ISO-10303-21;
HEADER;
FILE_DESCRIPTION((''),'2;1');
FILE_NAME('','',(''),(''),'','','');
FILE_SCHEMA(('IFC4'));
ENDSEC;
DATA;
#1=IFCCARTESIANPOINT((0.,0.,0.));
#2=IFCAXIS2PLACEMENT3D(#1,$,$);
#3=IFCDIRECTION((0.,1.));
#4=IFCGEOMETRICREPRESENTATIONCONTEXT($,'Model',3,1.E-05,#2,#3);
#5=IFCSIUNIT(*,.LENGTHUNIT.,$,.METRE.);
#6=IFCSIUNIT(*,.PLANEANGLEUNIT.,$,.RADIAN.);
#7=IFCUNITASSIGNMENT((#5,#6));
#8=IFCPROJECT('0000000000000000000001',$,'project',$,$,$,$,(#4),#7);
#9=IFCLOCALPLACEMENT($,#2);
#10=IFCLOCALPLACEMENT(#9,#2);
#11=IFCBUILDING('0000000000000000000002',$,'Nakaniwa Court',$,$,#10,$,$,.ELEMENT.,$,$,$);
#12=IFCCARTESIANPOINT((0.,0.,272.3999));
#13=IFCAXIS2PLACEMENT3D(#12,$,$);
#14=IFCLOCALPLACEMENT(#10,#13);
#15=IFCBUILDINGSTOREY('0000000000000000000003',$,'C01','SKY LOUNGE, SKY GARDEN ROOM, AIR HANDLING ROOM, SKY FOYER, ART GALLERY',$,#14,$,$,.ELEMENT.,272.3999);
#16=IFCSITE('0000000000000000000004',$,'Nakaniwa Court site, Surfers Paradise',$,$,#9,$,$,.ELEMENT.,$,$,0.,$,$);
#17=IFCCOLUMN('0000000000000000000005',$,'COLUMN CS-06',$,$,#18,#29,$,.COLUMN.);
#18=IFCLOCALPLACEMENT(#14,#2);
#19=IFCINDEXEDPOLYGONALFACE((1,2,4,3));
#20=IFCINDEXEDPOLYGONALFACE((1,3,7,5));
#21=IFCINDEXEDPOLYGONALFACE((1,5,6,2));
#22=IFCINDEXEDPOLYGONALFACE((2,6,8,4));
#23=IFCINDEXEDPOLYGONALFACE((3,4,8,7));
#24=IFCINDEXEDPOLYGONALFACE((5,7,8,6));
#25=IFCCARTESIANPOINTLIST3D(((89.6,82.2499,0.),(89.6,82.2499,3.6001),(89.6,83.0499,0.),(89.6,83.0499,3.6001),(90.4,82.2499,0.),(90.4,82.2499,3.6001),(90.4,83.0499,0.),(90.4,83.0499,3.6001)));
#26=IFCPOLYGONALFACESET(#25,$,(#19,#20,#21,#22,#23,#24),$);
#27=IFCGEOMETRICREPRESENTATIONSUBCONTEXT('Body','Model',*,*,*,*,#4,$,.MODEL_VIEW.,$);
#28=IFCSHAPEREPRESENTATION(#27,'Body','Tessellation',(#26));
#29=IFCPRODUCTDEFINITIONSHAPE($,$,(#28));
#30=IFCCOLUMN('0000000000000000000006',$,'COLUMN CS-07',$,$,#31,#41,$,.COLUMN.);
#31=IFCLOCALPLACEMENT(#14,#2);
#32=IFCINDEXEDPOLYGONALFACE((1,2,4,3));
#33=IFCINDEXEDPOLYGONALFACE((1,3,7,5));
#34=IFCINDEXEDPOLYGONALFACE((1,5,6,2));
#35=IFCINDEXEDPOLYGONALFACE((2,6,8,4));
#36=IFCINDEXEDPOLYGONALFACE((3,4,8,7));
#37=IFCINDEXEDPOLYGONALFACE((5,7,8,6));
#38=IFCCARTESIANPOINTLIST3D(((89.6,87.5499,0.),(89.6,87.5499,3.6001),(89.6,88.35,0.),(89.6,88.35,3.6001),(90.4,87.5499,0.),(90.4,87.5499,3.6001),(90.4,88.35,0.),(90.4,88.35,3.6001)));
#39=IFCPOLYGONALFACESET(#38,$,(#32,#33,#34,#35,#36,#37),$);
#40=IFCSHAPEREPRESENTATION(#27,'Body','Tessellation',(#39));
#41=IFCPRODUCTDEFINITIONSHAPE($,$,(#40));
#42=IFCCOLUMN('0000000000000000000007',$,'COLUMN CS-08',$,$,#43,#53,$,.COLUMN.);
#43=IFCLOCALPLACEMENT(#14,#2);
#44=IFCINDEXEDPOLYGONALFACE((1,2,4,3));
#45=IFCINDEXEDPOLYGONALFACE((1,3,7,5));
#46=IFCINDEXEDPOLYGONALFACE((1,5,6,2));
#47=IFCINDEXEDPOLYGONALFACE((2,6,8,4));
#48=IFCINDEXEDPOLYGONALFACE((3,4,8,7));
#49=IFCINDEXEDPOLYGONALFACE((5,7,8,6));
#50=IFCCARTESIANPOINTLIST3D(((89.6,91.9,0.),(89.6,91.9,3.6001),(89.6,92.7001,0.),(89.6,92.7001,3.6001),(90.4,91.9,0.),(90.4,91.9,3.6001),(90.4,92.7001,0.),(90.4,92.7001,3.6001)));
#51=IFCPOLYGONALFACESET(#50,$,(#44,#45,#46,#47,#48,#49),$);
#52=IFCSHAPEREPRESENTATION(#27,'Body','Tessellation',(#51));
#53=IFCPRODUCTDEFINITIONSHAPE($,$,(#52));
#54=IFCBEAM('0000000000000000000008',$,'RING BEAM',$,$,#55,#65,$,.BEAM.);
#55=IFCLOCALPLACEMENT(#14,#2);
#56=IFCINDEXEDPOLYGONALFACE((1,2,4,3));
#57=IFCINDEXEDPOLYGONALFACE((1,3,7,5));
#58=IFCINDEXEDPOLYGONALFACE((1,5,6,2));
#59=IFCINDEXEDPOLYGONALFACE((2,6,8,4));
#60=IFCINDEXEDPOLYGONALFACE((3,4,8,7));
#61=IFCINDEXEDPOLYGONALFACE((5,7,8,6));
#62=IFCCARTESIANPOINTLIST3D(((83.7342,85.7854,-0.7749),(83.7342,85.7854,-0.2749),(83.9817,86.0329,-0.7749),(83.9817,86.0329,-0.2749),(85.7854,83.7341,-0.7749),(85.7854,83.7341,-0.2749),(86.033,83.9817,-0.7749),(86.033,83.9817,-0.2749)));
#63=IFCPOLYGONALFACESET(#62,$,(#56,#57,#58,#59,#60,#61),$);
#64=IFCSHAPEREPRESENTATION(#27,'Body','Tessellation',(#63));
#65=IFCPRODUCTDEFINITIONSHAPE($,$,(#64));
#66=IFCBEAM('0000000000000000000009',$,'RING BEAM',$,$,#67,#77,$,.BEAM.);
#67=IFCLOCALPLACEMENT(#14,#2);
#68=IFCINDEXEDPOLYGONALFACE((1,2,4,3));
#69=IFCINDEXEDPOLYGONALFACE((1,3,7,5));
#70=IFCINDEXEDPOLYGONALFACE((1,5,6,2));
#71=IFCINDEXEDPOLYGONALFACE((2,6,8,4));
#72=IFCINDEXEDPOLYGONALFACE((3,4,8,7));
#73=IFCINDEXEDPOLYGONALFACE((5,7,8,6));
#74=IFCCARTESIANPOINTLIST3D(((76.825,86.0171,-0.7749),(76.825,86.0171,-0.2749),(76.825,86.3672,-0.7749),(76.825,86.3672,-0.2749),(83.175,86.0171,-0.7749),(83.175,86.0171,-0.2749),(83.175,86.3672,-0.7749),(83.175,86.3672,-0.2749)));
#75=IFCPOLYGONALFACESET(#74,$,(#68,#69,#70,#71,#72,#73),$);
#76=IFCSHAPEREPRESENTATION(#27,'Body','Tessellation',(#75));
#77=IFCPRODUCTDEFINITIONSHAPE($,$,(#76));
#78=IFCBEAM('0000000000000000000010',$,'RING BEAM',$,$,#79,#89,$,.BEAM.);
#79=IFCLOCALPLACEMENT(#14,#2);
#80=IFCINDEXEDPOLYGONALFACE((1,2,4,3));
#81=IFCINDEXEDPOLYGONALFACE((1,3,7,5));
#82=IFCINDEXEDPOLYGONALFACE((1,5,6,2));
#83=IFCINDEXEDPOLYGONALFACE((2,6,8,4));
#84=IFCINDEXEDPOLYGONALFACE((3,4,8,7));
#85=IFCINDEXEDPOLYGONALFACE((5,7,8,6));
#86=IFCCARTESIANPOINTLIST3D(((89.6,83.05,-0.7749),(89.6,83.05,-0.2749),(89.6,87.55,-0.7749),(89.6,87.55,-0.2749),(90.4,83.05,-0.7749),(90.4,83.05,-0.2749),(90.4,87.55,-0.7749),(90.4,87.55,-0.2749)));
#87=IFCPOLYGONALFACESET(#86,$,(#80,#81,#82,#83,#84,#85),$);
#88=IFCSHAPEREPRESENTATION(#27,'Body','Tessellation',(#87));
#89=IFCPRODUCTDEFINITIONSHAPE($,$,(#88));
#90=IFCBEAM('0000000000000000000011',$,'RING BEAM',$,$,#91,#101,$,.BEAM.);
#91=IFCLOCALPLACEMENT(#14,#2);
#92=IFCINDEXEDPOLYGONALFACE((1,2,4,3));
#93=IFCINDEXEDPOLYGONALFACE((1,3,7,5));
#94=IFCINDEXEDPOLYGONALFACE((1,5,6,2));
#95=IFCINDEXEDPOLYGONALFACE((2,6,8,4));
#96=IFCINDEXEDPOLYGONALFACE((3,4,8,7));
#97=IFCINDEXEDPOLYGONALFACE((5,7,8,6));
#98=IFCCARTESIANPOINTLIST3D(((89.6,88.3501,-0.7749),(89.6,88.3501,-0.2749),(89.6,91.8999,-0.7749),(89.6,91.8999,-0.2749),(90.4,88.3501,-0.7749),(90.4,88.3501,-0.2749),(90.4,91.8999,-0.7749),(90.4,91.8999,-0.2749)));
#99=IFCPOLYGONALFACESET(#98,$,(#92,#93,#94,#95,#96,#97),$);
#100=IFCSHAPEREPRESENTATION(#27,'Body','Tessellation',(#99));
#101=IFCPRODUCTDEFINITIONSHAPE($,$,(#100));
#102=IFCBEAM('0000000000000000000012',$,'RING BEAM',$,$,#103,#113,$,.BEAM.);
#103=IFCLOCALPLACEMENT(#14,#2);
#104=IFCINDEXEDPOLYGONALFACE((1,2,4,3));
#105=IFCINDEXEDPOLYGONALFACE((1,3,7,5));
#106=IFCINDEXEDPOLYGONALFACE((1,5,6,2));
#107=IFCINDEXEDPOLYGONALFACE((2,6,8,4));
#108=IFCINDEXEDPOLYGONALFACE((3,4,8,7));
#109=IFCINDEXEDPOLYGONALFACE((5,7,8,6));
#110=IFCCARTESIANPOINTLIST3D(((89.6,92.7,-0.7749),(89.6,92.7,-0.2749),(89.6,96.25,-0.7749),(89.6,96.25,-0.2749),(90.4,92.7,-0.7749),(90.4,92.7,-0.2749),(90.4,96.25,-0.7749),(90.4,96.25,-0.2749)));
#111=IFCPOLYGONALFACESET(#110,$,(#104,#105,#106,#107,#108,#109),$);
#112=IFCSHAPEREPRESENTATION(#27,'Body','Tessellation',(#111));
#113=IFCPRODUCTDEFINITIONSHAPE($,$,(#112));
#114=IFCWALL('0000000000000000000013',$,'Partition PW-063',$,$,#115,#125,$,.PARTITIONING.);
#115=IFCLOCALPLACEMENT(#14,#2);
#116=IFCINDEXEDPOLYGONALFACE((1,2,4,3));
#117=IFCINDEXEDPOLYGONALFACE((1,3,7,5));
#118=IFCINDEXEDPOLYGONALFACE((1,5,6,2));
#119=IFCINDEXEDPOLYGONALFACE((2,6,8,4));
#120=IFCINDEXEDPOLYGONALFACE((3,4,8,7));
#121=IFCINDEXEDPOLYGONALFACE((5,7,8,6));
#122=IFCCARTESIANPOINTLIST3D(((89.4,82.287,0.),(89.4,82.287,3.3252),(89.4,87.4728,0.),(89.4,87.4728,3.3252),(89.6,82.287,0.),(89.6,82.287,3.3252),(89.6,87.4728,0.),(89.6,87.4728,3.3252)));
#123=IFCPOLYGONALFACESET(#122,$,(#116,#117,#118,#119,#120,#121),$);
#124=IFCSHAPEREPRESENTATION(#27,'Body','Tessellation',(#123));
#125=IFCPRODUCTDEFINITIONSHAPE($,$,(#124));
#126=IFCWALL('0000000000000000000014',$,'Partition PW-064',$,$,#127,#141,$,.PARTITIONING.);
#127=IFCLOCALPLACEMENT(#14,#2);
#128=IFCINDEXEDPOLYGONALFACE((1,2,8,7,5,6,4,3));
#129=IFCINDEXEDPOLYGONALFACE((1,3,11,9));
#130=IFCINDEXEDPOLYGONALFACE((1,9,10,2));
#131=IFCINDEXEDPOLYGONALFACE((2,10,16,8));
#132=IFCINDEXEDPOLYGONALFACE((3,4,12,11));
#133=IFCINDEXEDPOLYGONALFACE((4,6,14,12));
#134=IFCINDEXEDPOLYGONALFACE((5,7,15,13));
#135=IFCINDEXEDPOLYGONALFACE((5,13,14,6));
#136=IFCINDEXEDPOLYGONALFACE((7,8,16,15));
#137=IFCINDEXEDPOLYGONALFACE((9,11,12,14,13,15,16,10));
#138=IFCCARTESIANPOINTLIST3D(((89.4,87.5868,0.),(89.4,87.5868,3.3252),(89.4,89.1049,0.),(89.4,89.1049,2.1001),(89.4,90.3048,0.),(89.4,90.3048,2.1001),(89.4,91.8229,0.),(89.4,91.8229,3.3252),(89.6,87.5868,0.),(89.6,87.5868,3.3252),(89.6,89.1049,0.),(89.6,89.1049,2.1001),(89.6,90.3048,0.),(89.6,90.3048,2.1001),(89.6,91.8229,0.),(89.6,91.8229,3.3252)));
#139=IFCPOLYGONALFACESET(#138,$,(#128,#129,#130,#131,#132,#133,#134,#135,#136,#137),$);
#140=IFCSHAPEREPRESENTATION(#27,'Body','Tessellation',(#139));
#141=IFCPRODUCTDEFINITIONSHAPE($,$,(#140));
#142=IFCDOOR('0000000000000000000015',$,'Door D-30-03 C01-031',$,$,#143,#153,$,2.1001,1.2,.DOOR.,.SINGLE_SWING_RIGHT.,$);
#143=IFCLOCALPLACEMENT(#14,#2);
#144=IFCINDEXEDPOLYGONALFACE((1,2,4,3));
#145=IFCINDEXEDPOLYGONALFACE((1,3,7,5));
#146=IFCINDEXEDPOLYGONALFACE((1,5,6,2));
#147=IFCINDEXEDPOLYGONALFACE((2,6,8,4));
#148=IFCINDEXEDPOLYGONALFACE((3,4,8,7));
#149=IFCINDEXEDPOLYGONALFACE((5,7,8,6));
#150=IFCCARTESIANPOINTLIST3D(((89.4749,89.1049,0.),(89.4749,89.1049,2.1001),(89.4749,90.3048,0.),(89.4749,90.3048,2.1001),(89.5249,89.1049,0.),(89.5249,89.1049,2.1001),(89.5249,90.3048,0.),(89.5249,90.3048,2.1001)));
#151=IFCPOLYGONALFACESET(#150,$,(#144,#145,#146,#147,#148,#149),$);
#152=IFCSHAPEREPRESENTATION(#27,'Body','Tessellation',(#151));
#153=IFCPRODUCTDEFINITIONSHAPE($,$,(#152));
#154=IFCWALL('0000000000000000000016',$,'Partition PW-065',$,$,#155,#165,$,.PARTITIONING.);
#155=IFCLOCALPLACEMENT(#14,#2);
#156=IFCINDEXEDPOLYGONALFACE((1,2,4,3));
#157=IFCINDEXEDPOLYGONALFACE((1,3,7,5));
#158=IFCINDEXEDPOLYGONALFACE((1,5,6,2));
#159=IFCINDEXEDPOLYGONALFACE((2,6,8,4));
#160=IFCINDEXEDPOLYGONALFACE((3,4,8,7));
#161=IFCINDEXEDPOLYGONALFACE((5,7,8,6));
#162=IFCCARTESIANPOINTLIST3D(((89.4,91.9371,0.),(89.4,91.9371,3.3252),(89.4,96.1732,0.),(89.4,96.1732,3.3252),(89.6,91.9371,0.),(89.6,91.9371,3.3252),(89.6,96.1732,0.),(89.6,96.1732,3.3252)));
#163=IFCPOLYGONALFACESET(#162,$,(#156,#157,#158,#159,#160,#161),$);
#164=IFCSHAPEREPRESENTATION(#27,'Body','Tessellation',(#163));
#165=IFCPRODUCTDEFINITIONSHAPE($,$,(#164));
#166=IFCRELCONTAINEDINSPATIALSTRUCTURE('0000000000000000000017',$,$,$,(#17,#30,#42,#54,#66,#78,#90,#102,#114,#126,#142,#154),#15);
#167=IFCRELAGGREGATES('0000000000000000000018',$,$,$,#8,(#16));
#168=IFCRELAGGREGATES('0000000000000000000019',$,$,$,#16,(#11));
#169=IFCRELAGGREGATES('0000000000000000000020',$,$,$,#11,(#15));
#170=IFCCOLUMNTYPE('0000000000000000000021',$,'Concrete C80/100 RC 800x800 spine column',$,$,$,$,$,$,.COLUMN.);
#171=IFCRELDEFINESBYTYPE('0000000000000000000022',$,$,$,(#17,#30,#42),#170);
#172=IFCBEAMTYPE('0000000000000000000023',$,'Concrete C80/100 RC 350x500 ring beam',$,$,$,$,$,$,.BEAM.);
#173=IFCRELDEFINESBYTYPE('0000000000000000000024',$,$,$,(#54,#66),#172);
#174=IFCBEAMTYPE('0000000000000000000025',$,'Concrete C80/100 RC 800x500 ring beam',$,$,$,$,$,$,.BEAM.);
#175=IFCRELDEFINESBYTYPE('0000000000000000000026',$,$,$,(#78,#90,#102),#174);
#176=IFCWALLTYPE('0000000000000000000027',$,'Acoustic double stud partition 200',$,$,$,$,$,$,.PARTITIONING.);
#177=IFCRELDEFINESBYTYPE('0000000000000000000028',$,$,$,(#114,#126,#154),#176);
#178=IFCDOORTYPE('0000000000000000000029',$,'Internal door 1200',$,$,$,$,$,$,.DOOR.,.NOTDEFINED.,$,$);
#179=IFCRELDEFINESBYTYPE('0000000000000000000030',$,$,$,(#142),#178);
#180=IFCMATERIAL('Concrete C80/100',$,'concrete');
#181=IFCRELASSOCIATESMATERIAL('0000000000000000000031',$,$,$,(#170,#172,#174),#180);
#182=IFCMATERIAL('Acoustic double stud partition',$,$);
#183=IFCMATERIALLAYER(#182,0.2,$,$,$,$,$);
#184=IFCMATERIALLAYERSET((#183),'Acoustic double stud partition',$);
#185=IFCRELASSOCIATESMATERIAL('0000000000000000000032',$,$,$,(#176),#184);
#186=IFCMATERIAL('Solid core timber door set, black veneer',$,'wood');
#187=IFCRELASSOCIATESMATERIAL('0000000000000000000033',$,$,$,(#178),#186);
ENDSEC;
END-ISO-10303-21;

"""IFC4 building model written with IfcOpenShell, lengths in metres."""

from ifc_helpers import new_model, si_unit, direction, frame, frame_2d, origin, origin_2d, place, context, subcontext, project, spatial, rectangle, extrude, material, layer, layer_set, material_profile, profile_set, type_object, element, fill, save


model = new_model("IFC4")

# Units and contexts
model_context = context("Model", 3, precision=1e-05, world=origin(), true_north=direction((0.0, 1.0)))
body_context = subcontext(model_context, "Body", "Model", "MODEL_VIEW")
ifc_project = project(units=[si_unit("LENGTHUNIT", "METRE"), si_unit("PLANEANGLEUNIT", "RADIAN")], contexts=[model_context])

# Site, building, storey
site_placement = place(None, origin())
site = spatial("IfcSite", under=ifc_project, at=site_placement, Name="Nakaniwa Court site, Surfers Paradise", CompositionType="ELEMENT", RefElevation=0.0)
building_placement = place(site_placement, origin())
building = spatial("IfcBuilding", under=site, at=building_placement, Name="Nakaniwa Court", CompositionType="ELEMENT")
storey_placement = place(building_placement, frame((0.0, 0.0, 272.3999)))
storey = spatial("IfcBuildingStorey", under=building, at=storey_placement, Name="C01", Description="SKY LOUNGE, SKY GARDEN ROOM, AIR HANDLING ROOM, SKY FOYER, ART GALLERY", CompositionType="ELEMENT", Elevation=272.3999)

# Columns
ifc_material_1 = material(Name="Concrete C80/100", Category="concrete")
ifc_material_profile_1 = material_profile(ifc_material_1, rectangle(XDim=0.8, YDim=0.8, at=origin_2d()), Name="Concrete C80/100 RC 800x800 spine column")
ifc_profile_set_1 = profile_set([ifc_material_profile_1], Name="Concrete C80/100")
column_type_1 = type_object("IfcColumnType", Name="Concrete C80/100 RC 800x800 spine column", PredefinedType="COLUMN", material=ifc_profile_set_1)
for number, where, z_axis, x_axis, name in (
    (1, (90.0, 82.6499, 0.0), (0.0, 0.0, 1.0), (0.0, 1.0, 0.0), "COLUMN CS-06"),
    (2, (90.0, 87.95, 0.0), (0.0, 0.0, 1.0), (0.0, 1.0, 0.0), "COLUMN CS-07"),
    (3, (90.0, 92.3, 0.0), (0.0, 0.0, 1.0), (0.0, 1.0, 0.0), "COLUMN CS-08"),
):
    element("IfcColumn", number, at=place(storey_placement, frame(where, z_axis=z_axis, x_axis=x_axis)), inside=storey, type_object=column_type_1, Name=name, PredefinedType="COLUMN", context=body_context, shape_type="SweptSolid", body=[
        extrude(rectangle(XDim=0.8, YDim=0.8, at=origin_2d()), origin(), (0.0, 0.0, 1.0), 3.6001),
    ])

# Beams
ifc_material_profile_2 = material_profile(ifc_material_1, rectangle(XDim=0.3501, YDim=0.5, at=origin_2d()), Name="Concrete C80/100 RC 350x500 ring beam")
ifc_profile_set_2 = profile_set([ifc_material_profile_2], Name="Concrete C80/100")
beam_type_1 = type_object("IfcBeamType", Name="Concrete C80/100 RC 350x500 ring beam", PredefinedType="BEAM", material=ifc_profile_set_2)
beam_1_placement = place(storey_placement, frame((85.9092, 83.8579, -0.5249), z_axis=(-0.707107, 0.707107, 0.0), x_axis=(-0.707107, -0.707107, 0.0)))
element("IfcBeam", 4, at=beam_1_placement, inside=storey, type_object=beam_type_1, Name="RING BEAM", PredefinedType="BEAM", context=body_context, shape_type="SweptSolid", body=[
    extrude(rectangle(XDim=0.3501, YDim=0.5, at=origin_2d()), origin(), (0.0, 0.0, 1.0), 2.9009),
])
beam_2_placement = place(storey_placement, frame((83.175, 86.1921, -0.5249), z_axis=(-1.0, 0.0, 0.0), x_axis=(0.0, -1.0, 0.0)))
element("IfcBeam", 5, at=beam_2_placement, inside=storey, type_object=beam_type_1, Name="RING BEAM", PredefinedType="BEAM", context=body_context, shape_type="SweptSolid", body=[
    extrude(rectangle(XDim=0.3501, YDim=0.5, at=origin_2d()), origin(), (0.0, 0.0, 1.0), 6.3501),
])
ifc_material_profile_3 = material_profile(ifc_material_1, rectangle(XDim=0.8, YDim=0.5, at=origin_2d()), Name="Concrete C80/100 RC 800x500 ring beam")
ifc_profile_set_3 = profile_set([ifc_material_profile_3], Name="Concrete C80/100")
beam_type_2 = type_object("IfcBeamType", Name="Concrete C80/100 RC 800x500 ring beam", PredefinedType="BEAM", material=ifc_profile_set_3)
beam_3_placement = place(storey_placement, frame((90.0, 83.05, -0.5249), z_axis=(0.0, 1.0, 0.0), x_axis=(-1.0, 0.0, 0.0)))
element("IfcBeam", 6, at=beam_3_placement, inside=storey, type_object=beam_type_2, Name="RING BEAM", PredefinedType="BEAM", context=body_context, shape_type="SweptSolid", body=[
    extrude(rectangle(XDim=0.8, YDim=0.5, at=origin_2d()), origin(), (0.0, 0.0, 1.0), 4.5),
])
beam_4_placement = place(storey_placement, frame((90.0, 88.3501, -0.5249), z_axis=(0.0, 1.0, 0.0), x_axis=(-1.0, 0.0, 0.0)))
element("IfcBeam", 7, at=beam_4_placement, inside=storey, type_object=beam_type_2, Name="RING BEAM", PredefinedType="BEAM", context=body_context, shape_type="SweptSolid", body=[
    extrude(rectangle(XDim=0.8, YDim=0.5, at=origin_2d()), origin(), (0.0, 0.0, 1.0), 3.5498),
])
beam_5_placement = place(storey_placement, frame((90.0, 92.7, -0.5249), z_axis=(0.0, 1.0, 0.0), x_axis=(-1.0, 0.0, 0.0)))
element("IfcBeam", 8, at=beam_5_placement, inside=storey, type_object=beam_type_2, Name="RING BEAM", PredefinedType="BEAM", context=body_context, shape_type="SweptSolid", body=[
    extrude(rectangle(XDim=0.8, YDim=0.5, at=origin_2d()), origin(), (0.0, 0.0, 1.0), 3.55),
])

# Wall
ifc_material_2 = material(Name="Acoustic double stud partition")
ifc_layer_1 = layer(ifc_material_2, 0.2)
ifc_layer_set_1 = layer_set([ifc_layer_1], Name="Acoustic double stud partition")
wall_type_1 = type_object("IfcWallType", Name="Acoustic double stud partition 200", PredefinedType="PARTITIONING", material=ifc_layer_set_1)
wall_1_placement = place(storey_placement, frame((89.5, 82.2871, 0.0), z_axis=(0.0, 0.0, 1.0), x_axis=(0.0, 1.0, 0.0)))
element("IfcWall", 9, at=wall_1_placement, inside=storey, type_object=wall_type_1, Name="Partition PW-063", PredefinedType="PARTITIONING", context=body_context, shape_type="SweptSolid", body=[
    extrude(rectangle(XDim=5.1858, YDim=0.2, at=frame_2d((2.5928, 0.0))), origin(), (0.0, 0.0, 1.0), 3.3252),
])

# Wall, opening, door
wall_2_placement = place(storey_placement, frame((89.5, 91.823, 0.0), z_axis=(0.0, 0.0, 1.0), x_axis=(0.0, -1.0, 0.0)))
wall_2 = element("IfcWall", 10, at=wall_2_placement, inside=storey, type_object=wall_type_1, Name="Partition PW-064", PredefinedType="PARTITIONING", context=body_context, shape_type="SweptSolid", body=[
    extrude(rectangle(XDim=4.2361, YDim=0.2, at=frame_2d((2.1182, 0.0))), origin(), (0.0, 0.0, 1.0), 3.3252),
])
opening_1_placement = place(wall_2_placement, frame((1.5181, 0.0, 0.0)))
opening_1 = element("IfcOpeningElement", 11, at=opening_1_placement, cuts=wall_2, PredefinedType="OPENING", context=body_context, shape_type="SweptSolid", body=[
    extrude(rectangle(XDim=1.2, YDim=2.1001, at=frame_2d((0.6001, 1.05))), frame((0.0, 0.1099, 0.0), z_axis=(0.0, -1.0, 0.0), x_axis=(1.0, 0.0, 0.0)), (0.0, 0.0, 1.0), 0.22),
])
ifc_material_3 = material(Name="Solid core timber door set, black veneer", Category="wood")
door_type_1 = type_object("IfcDoorType", Name="Internal door 1200", OperationType="NOTDEFINED", PredefinedType="DOOR", material=ifc_material_3)
door_1_placement = place(opening_1_placement, origin())
door_1 = element("IfcDoor", 12, at=door_1_placement, inside=storey, type_object=door_type_1, Name="Door D-30-03 C01-031", OperationType="SINGLE_SWING_RIGHT", OverallHeight=2.1001, OverallWidth=1.2, PredefinedType="DOOR", context=body_context, shape_type="SweptSolid", body=[
    extrude(rectangle(XDim=1.2, YDim=2.1001, at=frame_2d((0.6001, 1.05))), frame((0.0, 0.0249, 0.0), z_axis=(0.0, -1.0, 0.0), x_axis=(1.0, 0.0, 0.0)), (0.0, 0.0, 1.0), 0.05),
])
fill(opening_1, door_1)

# Wall
wall_3_placement = place(storey_placement, frame((89.5, 91.937, 0.0), z_axis=(0.0, 0.0, 1.0), x_axis=(0.0, 1.0, 0.0)))
element("IfcWall", 13, at=wall_3_placement, inside=storey, type_object=wall_type_1, Name="Partition PW-065", PredefinedType="PARTITIONING", context=body_context, shape_type="SweptSolid", body=[
    extrude(rectangle(XDim=4.2361, YDim=0.2, at=frame_2d((2.1182, 0.0))), origin(), (0.0, 0.0, 1.0), 3.3252),
])

save(model, "model.ifc")
